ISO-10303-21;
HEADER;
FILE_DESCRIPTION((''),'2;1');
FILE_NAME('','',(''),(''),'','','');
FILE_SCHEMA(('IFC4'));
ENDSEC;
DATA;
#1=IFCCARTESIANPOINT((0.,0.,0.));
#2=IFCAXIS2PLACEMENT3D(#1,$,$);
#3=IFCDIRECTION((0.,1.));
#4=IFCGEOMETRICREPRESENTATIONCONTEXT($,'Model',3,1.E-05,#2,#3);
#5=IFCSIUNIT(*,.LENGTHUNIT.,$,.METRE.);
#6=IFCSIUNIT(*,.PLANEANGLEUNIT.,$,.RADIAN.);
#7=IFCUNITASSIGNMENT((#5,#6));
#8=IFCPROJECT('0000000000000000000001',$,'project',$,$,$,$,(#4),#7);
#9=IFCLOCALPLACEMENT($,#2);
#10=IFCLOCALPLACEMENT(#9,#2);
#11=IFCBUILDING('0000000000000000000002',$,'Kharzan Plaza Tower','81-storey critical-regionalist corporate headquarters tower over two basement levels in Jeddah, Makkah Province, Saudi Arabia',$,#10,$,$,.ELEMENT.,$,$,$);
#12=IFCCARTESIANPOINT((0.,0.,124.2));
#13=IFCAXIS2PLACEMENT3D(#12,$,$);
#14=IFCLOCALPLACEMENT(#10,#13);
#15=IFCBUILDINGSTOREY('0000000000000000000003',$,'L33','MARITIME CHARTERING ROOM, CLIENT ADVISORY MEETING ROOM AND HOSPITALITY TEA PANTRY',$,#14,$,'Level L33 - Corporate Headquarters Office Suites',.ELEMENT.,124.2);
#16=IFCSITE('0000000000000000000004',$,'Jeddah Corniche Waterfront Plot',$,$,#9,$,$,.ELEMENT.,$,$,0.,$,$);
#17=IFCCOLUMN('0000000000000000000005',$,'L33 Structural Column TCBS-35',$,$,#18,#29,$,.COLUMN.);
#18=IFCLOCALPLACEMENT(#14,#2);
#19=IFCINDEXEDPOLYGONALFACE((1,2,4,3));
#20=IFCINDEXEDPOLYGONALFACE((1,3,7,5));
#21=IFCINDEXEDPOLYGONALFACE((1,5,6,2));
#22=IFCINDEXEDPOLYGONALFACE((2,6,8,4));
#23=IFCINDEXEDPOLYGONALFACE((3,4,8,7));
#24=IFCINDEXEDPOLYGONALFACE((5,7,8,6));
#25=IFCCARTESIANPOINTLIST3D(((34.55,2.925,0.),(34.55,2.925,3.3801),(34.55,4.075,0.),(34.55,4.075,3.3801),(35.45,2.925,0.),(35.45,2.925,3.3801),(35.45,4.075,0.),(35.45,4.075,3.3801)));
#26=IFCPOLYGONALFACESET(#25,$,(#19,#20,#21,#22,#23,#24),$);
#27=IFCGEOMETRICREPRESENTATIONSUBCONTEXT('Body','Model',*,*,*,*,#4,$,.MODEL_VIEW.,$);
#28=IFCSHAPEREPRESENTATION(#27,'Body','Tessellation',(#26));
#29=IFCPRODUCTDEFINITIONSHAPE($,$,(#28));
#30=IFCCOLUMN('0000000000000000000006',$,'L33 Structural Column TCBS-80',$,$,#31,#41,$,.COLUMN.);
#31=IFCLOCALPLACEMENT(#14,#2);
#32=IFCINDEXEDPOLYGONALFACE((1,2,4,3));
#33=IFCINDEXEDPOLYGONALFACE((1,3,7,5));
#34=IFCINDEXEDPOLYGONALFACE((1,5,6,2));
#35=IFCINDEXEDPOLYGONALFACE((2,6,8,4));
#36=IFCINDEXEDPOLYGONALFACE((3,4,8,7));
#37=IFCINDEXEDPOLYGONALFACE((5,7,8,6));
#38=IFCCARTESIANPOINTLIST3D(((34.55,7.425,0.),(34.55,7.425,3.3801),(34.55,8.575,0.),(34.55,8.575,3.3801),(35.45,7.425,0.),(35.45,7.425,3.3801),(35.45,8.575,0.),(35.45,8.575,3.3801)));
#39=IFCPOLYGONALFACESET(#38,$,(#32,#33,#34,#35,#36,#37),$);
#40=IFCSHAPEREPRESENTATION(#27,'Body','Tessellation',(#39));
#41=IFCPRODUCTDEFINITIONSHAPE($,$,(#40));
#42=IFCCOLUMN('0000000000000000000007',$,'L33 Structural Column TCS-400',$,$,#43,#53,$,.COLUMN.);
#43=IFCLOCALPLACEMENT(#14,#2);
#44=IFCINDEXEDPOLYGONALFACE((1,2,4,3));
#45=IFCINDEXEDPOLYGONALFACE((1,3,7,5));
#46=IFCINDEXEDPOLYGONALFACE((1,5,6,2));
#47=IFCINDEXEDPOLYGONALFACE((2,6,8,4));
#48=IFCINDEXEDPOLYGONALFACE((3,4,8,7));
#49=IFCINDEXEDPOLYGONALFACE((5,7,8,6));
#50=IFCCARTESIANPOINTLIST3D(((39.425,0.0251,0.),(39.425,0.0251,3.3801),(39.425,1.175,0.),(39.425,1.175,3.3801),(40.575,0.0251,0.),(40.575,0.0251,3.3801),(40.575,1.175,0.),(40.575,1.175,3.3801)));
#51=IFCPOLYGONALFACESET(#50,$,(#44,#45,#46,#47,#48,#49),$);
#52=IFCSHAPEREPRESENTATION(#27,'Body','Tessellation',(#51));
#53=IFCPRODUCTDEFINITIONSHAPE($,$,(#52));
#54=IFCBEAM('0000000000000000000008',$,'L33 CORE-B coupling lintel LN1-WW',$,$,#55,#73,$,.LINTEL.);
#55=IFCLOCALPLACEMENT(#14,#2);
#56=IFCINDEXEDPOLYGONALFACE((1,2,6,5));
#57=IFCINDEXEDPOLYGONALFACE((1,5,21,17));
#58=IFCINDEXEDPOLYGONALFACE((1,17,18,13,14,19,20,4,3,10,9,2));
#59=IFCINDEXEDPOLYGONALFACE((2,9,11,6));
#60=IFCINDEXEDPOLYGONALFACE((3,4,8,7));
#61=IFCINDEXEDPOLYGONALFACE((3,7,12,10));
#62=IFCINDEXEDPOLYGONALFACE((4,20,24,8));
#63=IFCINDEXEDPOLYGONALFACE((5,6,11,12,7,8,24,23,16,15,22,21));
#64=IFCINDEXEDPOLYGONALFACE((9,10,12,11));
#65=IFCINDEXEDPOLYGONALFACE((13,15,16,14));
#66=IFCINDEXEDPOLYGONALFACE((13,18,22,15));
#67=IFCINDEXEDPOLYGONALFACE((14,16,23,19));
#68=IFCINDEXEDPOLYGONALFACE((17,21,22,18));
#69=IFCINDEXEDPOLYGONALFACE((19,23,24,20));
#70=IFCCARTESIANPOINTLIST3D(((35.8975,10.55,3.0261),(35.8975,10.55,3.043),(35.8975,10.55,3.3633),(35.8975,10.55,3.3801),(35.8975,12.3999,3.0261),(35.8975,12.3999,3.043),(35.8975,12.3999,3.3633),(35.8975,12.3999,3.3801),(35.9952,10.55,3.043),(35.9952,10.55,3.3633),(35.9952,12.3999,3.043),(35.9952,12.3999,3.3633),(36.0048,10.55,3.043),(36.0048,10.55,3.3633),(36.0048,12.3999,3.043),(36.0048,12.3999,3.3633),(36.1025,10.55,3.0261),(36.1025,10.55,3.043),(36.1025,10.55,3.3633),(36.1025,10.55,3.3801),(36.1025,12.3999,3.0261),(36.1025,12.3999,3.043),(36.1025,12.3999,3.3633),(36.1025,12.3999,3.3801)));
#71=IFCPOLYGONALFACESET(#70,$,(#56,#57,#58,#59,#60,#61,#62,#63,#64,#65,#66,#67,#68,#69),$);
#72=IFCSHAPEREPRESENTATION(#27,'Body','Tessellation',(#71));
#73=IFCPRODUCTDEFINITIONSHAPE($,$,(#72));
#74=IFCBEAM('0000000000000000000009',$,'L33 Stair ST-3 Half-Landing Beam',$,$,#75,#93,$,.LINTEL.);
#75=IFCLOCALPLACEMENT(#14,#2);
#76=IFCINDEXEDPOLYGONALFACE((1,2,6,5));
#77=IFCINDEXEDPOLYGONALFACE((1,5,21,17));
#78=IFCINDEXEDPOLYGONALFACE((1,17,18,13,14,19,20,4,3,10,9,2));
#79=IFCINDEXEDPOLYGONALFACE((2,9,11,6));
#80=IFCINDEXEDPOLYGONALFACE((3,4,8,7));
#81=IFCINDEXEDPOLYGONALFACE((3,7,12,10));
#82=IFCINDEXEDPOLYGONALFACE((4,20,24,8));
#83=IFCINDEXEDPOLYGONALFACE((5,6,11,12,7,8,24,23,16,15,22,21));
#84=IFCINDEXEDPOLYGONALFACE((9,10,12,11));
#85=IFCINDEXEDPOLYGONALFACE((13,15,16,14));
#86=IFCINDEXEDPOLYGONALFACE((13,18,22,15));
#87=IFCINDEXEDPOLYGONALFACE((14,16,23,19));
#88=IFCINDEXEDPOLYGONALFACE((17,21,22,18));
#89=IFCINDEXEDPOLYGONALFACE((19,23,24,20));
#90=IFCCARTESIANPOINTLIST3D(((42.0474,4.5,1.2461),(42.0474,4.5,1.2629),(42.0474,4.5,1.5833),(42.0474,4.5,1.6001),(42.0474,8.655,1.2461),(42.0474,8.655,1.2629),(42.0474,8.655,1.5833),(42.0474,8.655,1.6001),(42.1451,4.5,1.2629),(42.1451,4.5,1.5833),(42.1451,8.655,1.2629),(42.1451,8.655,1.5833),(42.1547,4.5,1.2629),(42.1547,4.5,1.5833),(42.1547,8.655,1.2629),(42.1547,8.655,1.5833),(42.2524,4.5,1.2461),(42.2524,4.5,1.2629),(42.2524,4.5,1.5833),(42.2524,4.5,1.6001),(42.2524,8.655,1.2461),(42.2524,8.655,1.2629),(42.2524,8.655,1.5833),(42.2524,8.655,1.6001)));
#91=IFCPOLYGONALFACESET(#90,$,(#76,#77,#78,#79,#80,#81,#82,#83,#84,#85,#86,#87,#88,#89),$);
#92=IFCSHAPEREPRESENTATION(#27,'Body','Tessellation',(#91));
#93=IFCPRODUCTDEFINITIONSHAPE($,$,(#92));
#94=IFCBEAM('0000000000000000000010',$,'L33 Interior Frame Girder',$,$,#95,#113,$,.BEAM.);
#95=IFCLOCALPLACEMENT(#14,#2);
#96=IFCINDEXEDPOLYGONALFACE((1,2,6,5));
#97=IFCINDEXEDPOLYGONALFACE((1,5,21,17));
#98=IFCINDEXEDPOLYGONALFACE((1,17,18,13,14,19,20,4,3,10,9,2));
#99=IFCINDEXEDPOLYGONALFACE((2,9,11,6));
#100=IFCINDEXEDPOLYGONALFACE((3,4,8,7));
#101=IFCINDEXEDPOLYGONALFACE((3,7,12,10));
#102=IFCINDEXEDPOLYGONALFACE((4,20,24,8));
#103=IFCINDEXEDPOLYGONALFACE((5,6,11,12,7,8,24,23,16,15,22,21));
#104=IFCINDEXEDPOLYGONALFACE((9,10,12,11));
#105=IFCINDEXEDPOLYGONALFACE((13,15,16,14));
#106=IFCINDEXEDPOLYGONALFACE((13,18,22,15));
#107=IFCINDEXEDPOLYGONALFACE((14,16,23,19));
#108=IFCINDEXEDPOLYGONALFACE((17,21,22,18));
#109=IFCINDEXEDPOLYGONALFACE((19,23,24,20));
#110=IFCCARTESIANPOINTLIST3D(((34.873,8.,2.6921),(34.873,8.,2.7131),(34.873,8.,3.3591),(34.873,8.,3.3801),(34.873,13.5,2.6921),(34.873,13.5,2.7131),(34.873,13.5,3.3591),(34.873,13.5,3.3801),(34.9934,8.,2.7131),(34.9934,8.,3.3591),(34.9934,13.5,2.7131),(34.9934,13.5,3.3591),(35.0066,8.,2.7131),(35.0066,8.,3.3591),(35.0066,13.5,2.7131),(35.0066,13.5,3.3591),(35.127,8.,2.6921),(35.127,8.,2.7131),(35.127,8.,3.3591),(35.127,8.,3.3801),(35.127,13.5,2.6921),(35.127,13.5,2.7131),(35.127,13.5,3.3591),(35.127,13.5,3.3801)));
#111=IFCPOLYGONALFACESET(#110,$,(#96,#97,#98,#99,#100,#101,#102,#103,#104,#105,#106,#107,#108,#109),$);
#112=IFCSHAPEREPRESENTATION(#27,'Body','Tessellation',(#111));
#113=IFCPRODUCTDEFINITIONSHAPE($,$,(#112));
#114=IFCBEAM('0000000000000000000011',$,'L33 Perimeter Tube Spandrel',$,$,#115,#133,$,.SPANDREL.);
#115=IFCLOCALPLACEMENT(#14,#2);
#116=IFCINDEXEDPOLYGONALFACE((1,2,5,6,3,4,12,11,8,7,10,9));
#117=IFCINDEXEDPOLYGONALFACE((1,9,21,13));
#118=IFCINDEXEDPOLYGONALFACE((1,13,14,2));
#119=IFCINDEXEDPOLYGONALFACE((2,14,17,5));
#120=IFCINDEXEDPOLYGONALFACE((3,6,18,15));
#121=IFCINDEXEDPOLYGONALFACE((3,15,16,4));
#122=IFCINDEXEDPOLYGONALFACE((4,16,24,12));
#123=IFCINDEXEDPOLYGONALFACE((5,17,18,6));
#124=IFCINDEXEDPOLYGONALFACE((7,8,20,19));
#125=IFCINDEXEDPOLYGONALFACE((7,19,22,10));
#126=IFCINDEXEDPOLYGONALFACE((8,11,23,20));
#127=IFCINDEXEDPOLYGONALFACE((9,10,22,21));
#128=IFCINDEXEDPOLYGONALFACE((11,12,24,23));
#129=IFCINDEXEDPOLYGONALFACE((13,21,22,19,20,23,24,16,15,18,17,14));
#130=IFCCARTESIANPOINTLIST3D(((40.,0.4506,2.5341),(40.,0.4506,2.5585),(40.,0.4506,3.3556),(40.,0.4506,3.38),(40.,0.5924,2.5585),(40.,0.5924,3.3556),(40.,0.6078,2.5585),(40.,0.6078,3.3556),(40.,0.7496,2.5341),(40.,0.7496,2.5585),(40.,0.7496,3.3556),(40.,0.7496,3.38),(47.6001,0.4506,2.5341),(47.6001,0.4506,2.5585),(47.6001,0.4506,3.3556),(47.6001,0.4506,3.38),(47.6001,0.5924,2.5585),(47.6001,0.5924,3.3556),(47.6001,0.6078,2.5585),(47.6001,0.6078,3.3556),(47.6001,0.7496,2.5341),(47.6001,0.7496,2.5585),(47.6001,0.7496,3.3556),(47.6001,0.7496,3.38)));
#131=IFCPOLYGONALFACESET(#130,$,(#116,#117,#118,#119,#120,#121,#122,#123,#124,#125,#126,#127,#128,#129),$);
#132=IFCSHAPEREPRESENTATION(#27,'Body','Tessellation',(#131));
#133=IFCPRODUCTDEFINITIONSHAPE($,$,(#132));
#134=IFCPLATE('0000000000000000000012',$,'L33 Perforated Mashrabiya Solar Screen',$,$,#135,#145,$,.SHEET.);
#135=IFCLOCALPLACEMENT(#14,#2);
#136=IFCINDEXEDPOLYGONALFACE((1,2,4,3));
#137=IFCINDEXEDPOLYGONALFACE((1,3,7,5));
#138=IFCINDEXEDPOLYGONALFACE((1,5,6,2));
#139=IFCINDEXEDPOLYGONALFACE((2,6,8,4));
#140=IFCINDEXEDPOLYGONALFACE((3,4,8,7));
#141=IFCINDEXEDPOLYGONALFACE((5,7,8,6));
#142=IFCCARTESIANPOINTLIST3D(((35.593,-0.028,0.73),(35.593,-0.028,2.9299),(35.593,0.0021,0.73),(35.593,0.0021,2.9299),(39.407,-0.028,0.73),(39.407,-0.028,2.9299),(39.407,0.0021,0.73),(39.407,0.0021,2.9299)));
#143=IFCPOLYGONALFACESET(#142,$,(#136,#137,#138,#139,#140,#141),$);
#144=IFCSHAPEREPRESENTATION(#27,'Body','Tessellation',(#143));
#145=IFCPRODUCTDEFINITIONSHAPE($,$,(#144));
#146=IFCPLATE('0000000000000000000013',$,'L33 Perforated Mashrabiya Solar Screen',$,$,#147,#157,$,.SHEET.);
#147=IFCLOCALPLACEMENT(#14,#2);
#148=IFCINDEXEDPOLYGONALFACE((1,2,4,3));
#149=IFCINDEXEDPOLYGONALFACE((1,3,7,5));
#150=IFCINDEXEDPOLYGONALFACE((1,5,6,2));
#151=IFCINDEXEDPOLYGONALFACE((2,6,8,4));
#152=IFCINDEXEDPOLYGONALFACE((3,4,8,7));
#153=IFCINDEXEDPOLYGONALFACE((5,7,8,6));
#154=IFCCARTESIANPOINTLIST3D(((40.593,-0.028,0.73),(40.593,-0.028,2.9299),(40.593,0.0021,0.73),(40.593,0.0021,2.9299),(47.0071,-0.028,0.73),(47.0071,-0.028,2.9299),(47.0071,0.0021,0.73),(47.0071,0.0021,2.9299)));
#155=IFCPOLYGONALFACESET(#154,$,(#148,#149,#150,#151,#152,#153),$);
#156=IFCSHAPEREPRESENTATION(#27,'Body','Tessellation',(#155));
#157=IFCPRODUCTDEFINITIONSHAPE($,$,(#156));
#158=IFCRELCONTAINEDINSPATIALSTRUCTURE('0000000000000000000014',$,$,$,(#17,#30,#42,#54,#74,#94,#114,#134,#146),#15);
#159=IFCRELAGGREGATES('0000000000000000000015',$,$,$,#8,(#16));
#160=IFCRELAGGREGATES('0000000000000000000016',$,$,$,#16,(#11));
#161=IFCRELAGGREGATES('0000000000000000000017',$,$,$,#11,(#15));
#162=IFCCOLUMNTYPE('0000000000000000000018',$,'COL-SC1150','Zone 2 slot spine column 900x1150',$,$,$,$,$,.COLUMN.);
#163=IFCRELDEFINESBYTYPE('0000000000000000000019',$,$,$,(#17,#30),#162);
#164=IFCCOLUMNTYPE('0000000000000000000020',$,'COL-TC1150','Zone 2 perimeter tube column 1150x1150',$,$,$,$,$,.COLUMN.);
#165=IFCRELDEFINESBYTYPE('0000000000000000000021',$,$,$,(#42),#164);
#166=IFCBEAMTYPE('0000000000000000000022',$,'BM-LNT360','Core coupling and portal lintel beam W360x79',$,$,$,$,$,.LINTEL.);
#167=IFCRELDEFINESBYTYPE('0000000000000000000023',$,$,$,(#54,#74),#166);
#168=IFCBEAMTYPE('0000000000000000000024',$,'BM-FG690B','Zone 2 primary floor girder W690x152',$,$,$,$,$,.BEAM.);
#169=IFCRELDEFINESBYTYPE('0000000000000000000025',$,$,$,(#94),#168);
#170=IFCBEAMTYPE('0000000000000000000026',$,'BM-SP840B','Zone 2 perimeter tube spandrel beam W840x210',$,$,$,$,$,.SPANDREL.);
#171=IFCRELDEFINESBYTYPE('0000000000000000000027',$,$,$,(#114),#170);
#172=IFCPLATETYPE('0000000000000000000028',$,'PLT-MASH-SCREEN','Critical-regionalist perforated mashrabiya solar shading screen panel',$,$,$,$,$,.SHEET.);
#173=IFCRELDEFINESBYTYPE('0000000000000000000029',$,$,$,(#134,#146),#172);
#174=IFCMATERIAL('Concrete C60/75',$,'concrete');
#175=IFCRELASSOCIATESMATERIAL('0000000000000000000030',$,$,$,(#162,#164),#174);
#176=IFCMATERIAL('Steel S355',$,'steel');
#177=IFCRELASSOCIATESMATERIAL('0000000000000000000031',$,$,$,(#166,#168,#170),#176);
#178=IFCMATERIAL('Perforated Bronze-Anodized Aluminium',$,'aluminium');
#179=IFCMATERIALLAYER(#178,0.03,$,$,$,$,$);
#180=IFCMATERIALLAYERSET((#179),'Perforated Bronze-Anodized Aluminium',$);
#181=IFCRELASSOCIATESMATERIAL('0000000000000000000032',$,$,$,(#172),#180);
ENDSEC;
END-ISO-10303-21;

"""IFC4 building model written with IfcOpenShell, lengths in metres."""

from ifc_helpers import new_model, si_unit, direction, frame, origin, origin_2d, place, context, subcontext, project, spatial, rectangle, i_section, extrude, source, transform, mapped, material, layer, layer_set, material_profile, profile_set, type_object, element, save


model = new_model("IFC4")

# Units and contexts
model_context = context("Model", 3, precision=1e-05, world=origin(), true_north=direction((0.0, 1.0)))
body_context = subcontext(model_context, "Body", "Model", "MODEL_VIEW")
ifc_project = project(units=[si_unit("LENGTHUNIT", "METRE"), si_unit("PLANEANGLEUNIT", "RADIAN")], contexts=[model_context])

# Site, building, storey
site_placement = place(None, origin())
site = spatial("IfcSite", under=ifc_project, at=site_placement, Name="Jeddah Corniche Waterfront Plot", CompositionType="ELEMENT", RefElevation=0.0)
building_placement = place(site_placement, origin())
building = spatial("IfcBuilding", under=site, at=building_placement, Name="Kharzan Plaza Tower", Description="81-storey critical-regionalist corporate headquarters tower over two basement levels in Jeddah, Makkah Province, Saudi Arabia", CompositionType="ELEMENT")
storey_placement = place(building_placement, frame((0.0, 0.0, 124.2)))
storey = spatial("IfcBuildingStorey", under=building, at=storey_placement, Name="L33", Description="MARITIME CHARTERING ROOM, CLIENT ADVISORY MEETING ROOM AND HOSPITALITY TEA PANTRY", LongName="Level L33 - Corporate Headquarters Office Suites", CompositionType="ELEMENT", Elevation=124.2)

# Columns
ifc_material_1 = material(Name="Concrete C60/75", Category="concrete")
ifc_material_profile_1 = material_profile(ifc_material_1, rectangle(XDim=0.8999, YDim=1.1499, at=origin_2d()), Name="RC-SC1150x900")
ifc_profile_set_1 = profile_set([ifc_material_profile_1], Name="Concrete C60/75")
column_type_1 = type_object("IfcColumnType", Name="COL-SC1150", Description="Zone 2 slot spine column 900x1150", PredefinedType="COLUMN", material=ifc_profile_set_1)
shared_shape_1 = source(origin(), body_context, "Body", "SweptSolid", [
    extrude(rectangle(XDim=0.8999, YDim=1.1499, at=origin_2d()), origin(), (0.0, 0.0, 1.0), 3.3801),
])
for number, where, z_axis, x_axis, name in (
    (1, (35.0, 3.5, 0.0), (0.0, 0.0, 1.0), (1.0, 0.0, 0.0), "L33 Structural Column TCBS-35"),
    (2, (35.0, 8.0, 0.0), (0.0, 0.0, 1.0), (1.0, 0.0, 0.0), "L33 Structural Column TCBS-80"),
):
    element("IfcColumn", number, at=place(storey_placement, frame(where, z_axis=z_axis, x_axis=x_axis)), inside=storey, type_object=column_type_1, Name=name, PredefinedType="COLUMN", context=body_context, shape_type="MappedRepresentation", body=[
        mapped(shared_shape_1, transform((0.0, 0.0, 0.0), x_axis=(1.0, 0.0, 0.0), y_axis=(0.0, 1.0, 0.0), z_axis=(0.0, 0.0, 1.0))),
    ])
ifc_material_profile_2 = material_profile(ifc_material_1, rectangle(XDim=1.1499, YDim=1.1499, at=origin_2d()), Name="RC-TC1150x1150")
ifc_profile_set_2 = profile_set([ifc_material_profile_2], Name="Concrete C60/75")
column_type_2 = type_object("IfcColumnType", Name="COL-TC1150", Description="Zone 2 perimeter tube column 1150x1150", PredefinedType="COLUMN", material=ifc_profile_set_2)
shared_shape_2 = source(origin(), body_context, "Body", "SweptSolid", [
    extrude(rectangle(XDim=1.1499, YDim=1.1499, at=origin_2d()), origin(), (0.0, 0.0, 1.0), 3.3801),
])
column_placement = place(storey_placement, frame((40.0, 0.6001, 0.0), z_axis=(0.0, 0.0, 1.0), x_axis=(1.0, 0.0, 0.0)))
element("IfcColumn", 3, at=column_placement, inside=storey, type_object=column_type_2, Name="L33 Structural Column TCS-400", PredefinedType="COLUMN", context=body_context, shape_type="MappedRepresentation", body=[
    mapped(shared_shape_2, transform((0.0, 0.0, 0.0), x_axis=(1.0, 0.0, 0.0), y_axis=(0.0, 1.0, 0.0), z_axis=(0.0, 0.0, 1.0))),
])

# Beams
ifc_material_2 = material(Name="Steel S355", Category="steel")
ifc_material_profile_3 = material_profile(ifc_material_2, i_section(OverallWidth=0.2051, OverallDepth=0.354, WebThickness=0.0095, FlangeThickness=0.0168, at=origin_2d()), Name="W360x79")
ifc_profile_set_3 = profile_set([ifc_material_profile_3], Name="Steel S355")
beam_type_1 = type_object("IfcBeamType", Name="BM-LNT360", Description="Core coupling and portal lintel beam W360x79", PredefinedType="LINTEL", material=ifc_profile_set_3)
shared_shape_3 = source(origin(), body_context, "Body", "SweptSolid", [
    extrude(i_section(OverallWidth=0.2051, OverallDepth=0.354, WebThickness=0.0095, FlangeThickness=0.0168, at=origin_2d()), origin(), (0.0, 0.0, 1.0), 1.8499),
])
beam_1_placement = place(storey_placement, frame((36.0, 10.55, 3.2031), z_axis=(0.0, 1.0, 0.0), x_axis=(-1.0, 0.0, 0.0)))
element("IfcBeam", 4, at=beam_1_placement, inside=storey, type_object=beam_type_1, Name="L33 CORE-B coupling lintel LN1-WW", PredefinedType="LINTEL", context=body_context, shape_type="MappedRepresentation", body=[
    mapped(shared_shape_3, transform((0.0, 0.0, 0.0), x_axis=(1.0, 0.0, 0.0), y_axis=(0.0, 1.0, 0.0), z_axis=(0.0, 0.0, 1.0))),
])
shared_shape_4 = source(origin(), body_context, "Body", "SweptSolid", [
    extrude(i_section(OverallWidth=0.2051, OverallDepth=0.354, WebThickness=0.0095, FlangeThickness=0.0168, at=origin_2d()), origin(), (0.0, 0.0, 1.0), 4.155),
])
beam_2_placement = place(storey_placement, frame((42.1499, 4.5, 1.4231), z_axis=(0.0, 1.0, 0.0), x_axis=(-1.0, 0.0, 0.0)))
element("IfcBeam", 5, at=beam_2_placement, inside=storey, type_object=beam_type_1, Name="L33 Stair ST-3 Half-Landing Beam", PredefinedType="LINTEL", context=body_context, shape_type="MappedRepresentation", body=[
    mapped(shared_shape_4, transform((0.0, 0.0, 0.0), x_axis=(1.0, 0.0, 0.0), y_axis=(0.0, 1.0, 0.0), z_axis=(0.0, 0.0, 1.0))),
])
ifc_material_profile_4 = material_profile(ifc_material_2, i_section(OverallWidth=0.2539, OverallDepth=0.688, WebThickness=0.0132, FlangeThickness=0.021, at=origin_2d()), Name="W690x152")
ifc_profile_set_4 = profile_set([ifc_material_profile_4], Name="Steel S355")
beam_type_2 = type_object("IfcBeamType", Name="BM-FG690B", Description="Zone 2 primary floor girder W690x152", PredefinedType="BEAM", material=ifc_profile_set_4)
shared_shape_5 = source(origin(), body_context, "Body", "SweptSolid", [
    extrude(i_section(OverallWidth=0.2539, OverallDepth=0.688, WebThickness=0.0132, FlangeThickness=0.021, at=origin_2d()), origin(), (0.0, 0.0, 1.0), 5.5),
])
beam_3_placement = place(storey_placement, frame((35.0, 8.0, 3.0361), z_axis=(0.0, 1.0, 0.0), x_axis=(-1.0, 0.0, 0.0)))
element("IfcBeam", 6, at=beam_3_placement, inside=storey, type_object=beam_type_2, Name="L33 Interior Frame Girder", PredefinedType="BEAM", context=body_context, shape_type="MappedRepresentation", body=[
    mapped(shared_shape_5, transform((0.0, 0.0, 0.0), x_axis=(1.0, 0.0, 0.0), y_axis=(0.0, 1.0, 0.0), z_axis=(0.0, 0.0, 1.0))),
])
ifc_material_profile_5 = material_profile(ifc_material_2, i_section(OverallWidth=0.2991, OverallDepth=0.8459, WebThickness=0.0154, FlangeThickness=0.0244, at=origin_2d()), Name="W840x210")
ifc_profile_set_5 = profile_set([ifc_material_profile_5], Name="Steel S355")
beam_type_3 = type_object("IfcBeamType", Name="BM-SP840B", Description="Zone 2 perimeter tube spandrel beam W840x210", PredefinedType="SPANDREL", material=ifc_profile_set_5)
shared_shape_6 = source(origin(), body_context, "Body", "SweptSolid", [
    extrude(i_section(OverallWidth=0.2991, OverallDepth=0.8459, WebThickness=0.0154, FlangeThickness=0.0244, at=origin_2d()), origin(), (0.0, 0.0, 1.0), 7.6001),
])
beam_4_placement = place(storey_placement, frame((40.0, 0.6001, 2.957), z_axis=(1.0, 0.0, 0.0), x_axis=(0.0, 1.0, 0.0)))
element("IfcBeam", 7, at=beam_4_placement, inside=storey, type_object=beam_type_3, Name="L33 Perimeter Tube Spandrel", PredefinedType="SPANDREL", context=body_context, shape_type="MappedRepresentation", body=[
    mapped(shared_shape_6, transform((0.0, 0.0, 0.0), x_axis=(1.0, 0.0, 0.0), y_axis=(0.0, 1.0, 0.0), z_axis=(0.0, 0.0, 1.0))),
])

# Plates
ifc_material_3 = material(Name="Perforated Bronze-Anodized Aluminium", Category="aluminium")
ifc_layer_1 = layer(ifc_material_3, 0.03)
ifc_layer_set_1 = layer_set([ifc_layer_1], Name="Perforated Bronze-Anodized Aluminium")
plate_type = type_object("IfcPlateType", Name="PLT-MASH-SCREEN", Description="Critical-regionalist perforated mashrabiya solar shading screen panel", PredefinedType="SHEET", material=ifc_layer_set_1)
shared_shape_7 = source(origin(), body_context, "Body", "SweptSolid", [
    extrude(rectangle(XDim=3.814, YDim=0.03, at=origin_2d()), origin(), (0.0, 0.0, 1.0), 2.2),
])
plate_1_placement = place(storey_placement, frame((37.5, -0.0129, 0.73), z_axis=(0.0, 0.0, 1.0), x_axis=(1.0, 0.0, 0.0)))
element("IfcPlate", 8, at=plate_1_placement, inside=storey, type_object=plate_type, Name="L33 Perforated Mashrabiya Solar Screen", PredefinedType="SHEET", context=body_context, shape_type="MappedRepresentation", body=[
    mapped(shared_shape_7, transform((0.0, 0.0, 0.0), x_axis=(1.0, 0.0, 0.0), y_axis=(0.0, 1.0, 0.0), z_axis=(0.0, 0.0, 1.0))),
])
shared_shape_8 = source(origin(), body_context, "Body", "SweptSolid", [
    extrude(rectangle(XDim=6.4141, YDim=0.03, at=origin_2d()), origin(), (0.0, 0.0, 1.0), 2.2),
])
plate_2_placement = place(storey_placement, frame((43.8, -0.0129, 0.73), z_axis=(0.0, 0.0, 1.0), x_axis=(1.0, 0.0, 0.0)))
element("IfcPlate", 9, at=plate_2_placement, inside=storey, type_object=plate_type, Name="L33 Perforated Mashrabiya Solar Screen", PredefinedType="SHEET", context=body_context, shape_type="MappedRepresentation", body=[
    mapped(shared_shape_8, transform((0.0, 0.0, 0.0), x_axis=(1.0, 0.0, 0.0), y_axis=(0.0, 1.0, 0.0), z_axis=(0.0, 0.0, 1.0))),
])

save(model, "model.ifc")
